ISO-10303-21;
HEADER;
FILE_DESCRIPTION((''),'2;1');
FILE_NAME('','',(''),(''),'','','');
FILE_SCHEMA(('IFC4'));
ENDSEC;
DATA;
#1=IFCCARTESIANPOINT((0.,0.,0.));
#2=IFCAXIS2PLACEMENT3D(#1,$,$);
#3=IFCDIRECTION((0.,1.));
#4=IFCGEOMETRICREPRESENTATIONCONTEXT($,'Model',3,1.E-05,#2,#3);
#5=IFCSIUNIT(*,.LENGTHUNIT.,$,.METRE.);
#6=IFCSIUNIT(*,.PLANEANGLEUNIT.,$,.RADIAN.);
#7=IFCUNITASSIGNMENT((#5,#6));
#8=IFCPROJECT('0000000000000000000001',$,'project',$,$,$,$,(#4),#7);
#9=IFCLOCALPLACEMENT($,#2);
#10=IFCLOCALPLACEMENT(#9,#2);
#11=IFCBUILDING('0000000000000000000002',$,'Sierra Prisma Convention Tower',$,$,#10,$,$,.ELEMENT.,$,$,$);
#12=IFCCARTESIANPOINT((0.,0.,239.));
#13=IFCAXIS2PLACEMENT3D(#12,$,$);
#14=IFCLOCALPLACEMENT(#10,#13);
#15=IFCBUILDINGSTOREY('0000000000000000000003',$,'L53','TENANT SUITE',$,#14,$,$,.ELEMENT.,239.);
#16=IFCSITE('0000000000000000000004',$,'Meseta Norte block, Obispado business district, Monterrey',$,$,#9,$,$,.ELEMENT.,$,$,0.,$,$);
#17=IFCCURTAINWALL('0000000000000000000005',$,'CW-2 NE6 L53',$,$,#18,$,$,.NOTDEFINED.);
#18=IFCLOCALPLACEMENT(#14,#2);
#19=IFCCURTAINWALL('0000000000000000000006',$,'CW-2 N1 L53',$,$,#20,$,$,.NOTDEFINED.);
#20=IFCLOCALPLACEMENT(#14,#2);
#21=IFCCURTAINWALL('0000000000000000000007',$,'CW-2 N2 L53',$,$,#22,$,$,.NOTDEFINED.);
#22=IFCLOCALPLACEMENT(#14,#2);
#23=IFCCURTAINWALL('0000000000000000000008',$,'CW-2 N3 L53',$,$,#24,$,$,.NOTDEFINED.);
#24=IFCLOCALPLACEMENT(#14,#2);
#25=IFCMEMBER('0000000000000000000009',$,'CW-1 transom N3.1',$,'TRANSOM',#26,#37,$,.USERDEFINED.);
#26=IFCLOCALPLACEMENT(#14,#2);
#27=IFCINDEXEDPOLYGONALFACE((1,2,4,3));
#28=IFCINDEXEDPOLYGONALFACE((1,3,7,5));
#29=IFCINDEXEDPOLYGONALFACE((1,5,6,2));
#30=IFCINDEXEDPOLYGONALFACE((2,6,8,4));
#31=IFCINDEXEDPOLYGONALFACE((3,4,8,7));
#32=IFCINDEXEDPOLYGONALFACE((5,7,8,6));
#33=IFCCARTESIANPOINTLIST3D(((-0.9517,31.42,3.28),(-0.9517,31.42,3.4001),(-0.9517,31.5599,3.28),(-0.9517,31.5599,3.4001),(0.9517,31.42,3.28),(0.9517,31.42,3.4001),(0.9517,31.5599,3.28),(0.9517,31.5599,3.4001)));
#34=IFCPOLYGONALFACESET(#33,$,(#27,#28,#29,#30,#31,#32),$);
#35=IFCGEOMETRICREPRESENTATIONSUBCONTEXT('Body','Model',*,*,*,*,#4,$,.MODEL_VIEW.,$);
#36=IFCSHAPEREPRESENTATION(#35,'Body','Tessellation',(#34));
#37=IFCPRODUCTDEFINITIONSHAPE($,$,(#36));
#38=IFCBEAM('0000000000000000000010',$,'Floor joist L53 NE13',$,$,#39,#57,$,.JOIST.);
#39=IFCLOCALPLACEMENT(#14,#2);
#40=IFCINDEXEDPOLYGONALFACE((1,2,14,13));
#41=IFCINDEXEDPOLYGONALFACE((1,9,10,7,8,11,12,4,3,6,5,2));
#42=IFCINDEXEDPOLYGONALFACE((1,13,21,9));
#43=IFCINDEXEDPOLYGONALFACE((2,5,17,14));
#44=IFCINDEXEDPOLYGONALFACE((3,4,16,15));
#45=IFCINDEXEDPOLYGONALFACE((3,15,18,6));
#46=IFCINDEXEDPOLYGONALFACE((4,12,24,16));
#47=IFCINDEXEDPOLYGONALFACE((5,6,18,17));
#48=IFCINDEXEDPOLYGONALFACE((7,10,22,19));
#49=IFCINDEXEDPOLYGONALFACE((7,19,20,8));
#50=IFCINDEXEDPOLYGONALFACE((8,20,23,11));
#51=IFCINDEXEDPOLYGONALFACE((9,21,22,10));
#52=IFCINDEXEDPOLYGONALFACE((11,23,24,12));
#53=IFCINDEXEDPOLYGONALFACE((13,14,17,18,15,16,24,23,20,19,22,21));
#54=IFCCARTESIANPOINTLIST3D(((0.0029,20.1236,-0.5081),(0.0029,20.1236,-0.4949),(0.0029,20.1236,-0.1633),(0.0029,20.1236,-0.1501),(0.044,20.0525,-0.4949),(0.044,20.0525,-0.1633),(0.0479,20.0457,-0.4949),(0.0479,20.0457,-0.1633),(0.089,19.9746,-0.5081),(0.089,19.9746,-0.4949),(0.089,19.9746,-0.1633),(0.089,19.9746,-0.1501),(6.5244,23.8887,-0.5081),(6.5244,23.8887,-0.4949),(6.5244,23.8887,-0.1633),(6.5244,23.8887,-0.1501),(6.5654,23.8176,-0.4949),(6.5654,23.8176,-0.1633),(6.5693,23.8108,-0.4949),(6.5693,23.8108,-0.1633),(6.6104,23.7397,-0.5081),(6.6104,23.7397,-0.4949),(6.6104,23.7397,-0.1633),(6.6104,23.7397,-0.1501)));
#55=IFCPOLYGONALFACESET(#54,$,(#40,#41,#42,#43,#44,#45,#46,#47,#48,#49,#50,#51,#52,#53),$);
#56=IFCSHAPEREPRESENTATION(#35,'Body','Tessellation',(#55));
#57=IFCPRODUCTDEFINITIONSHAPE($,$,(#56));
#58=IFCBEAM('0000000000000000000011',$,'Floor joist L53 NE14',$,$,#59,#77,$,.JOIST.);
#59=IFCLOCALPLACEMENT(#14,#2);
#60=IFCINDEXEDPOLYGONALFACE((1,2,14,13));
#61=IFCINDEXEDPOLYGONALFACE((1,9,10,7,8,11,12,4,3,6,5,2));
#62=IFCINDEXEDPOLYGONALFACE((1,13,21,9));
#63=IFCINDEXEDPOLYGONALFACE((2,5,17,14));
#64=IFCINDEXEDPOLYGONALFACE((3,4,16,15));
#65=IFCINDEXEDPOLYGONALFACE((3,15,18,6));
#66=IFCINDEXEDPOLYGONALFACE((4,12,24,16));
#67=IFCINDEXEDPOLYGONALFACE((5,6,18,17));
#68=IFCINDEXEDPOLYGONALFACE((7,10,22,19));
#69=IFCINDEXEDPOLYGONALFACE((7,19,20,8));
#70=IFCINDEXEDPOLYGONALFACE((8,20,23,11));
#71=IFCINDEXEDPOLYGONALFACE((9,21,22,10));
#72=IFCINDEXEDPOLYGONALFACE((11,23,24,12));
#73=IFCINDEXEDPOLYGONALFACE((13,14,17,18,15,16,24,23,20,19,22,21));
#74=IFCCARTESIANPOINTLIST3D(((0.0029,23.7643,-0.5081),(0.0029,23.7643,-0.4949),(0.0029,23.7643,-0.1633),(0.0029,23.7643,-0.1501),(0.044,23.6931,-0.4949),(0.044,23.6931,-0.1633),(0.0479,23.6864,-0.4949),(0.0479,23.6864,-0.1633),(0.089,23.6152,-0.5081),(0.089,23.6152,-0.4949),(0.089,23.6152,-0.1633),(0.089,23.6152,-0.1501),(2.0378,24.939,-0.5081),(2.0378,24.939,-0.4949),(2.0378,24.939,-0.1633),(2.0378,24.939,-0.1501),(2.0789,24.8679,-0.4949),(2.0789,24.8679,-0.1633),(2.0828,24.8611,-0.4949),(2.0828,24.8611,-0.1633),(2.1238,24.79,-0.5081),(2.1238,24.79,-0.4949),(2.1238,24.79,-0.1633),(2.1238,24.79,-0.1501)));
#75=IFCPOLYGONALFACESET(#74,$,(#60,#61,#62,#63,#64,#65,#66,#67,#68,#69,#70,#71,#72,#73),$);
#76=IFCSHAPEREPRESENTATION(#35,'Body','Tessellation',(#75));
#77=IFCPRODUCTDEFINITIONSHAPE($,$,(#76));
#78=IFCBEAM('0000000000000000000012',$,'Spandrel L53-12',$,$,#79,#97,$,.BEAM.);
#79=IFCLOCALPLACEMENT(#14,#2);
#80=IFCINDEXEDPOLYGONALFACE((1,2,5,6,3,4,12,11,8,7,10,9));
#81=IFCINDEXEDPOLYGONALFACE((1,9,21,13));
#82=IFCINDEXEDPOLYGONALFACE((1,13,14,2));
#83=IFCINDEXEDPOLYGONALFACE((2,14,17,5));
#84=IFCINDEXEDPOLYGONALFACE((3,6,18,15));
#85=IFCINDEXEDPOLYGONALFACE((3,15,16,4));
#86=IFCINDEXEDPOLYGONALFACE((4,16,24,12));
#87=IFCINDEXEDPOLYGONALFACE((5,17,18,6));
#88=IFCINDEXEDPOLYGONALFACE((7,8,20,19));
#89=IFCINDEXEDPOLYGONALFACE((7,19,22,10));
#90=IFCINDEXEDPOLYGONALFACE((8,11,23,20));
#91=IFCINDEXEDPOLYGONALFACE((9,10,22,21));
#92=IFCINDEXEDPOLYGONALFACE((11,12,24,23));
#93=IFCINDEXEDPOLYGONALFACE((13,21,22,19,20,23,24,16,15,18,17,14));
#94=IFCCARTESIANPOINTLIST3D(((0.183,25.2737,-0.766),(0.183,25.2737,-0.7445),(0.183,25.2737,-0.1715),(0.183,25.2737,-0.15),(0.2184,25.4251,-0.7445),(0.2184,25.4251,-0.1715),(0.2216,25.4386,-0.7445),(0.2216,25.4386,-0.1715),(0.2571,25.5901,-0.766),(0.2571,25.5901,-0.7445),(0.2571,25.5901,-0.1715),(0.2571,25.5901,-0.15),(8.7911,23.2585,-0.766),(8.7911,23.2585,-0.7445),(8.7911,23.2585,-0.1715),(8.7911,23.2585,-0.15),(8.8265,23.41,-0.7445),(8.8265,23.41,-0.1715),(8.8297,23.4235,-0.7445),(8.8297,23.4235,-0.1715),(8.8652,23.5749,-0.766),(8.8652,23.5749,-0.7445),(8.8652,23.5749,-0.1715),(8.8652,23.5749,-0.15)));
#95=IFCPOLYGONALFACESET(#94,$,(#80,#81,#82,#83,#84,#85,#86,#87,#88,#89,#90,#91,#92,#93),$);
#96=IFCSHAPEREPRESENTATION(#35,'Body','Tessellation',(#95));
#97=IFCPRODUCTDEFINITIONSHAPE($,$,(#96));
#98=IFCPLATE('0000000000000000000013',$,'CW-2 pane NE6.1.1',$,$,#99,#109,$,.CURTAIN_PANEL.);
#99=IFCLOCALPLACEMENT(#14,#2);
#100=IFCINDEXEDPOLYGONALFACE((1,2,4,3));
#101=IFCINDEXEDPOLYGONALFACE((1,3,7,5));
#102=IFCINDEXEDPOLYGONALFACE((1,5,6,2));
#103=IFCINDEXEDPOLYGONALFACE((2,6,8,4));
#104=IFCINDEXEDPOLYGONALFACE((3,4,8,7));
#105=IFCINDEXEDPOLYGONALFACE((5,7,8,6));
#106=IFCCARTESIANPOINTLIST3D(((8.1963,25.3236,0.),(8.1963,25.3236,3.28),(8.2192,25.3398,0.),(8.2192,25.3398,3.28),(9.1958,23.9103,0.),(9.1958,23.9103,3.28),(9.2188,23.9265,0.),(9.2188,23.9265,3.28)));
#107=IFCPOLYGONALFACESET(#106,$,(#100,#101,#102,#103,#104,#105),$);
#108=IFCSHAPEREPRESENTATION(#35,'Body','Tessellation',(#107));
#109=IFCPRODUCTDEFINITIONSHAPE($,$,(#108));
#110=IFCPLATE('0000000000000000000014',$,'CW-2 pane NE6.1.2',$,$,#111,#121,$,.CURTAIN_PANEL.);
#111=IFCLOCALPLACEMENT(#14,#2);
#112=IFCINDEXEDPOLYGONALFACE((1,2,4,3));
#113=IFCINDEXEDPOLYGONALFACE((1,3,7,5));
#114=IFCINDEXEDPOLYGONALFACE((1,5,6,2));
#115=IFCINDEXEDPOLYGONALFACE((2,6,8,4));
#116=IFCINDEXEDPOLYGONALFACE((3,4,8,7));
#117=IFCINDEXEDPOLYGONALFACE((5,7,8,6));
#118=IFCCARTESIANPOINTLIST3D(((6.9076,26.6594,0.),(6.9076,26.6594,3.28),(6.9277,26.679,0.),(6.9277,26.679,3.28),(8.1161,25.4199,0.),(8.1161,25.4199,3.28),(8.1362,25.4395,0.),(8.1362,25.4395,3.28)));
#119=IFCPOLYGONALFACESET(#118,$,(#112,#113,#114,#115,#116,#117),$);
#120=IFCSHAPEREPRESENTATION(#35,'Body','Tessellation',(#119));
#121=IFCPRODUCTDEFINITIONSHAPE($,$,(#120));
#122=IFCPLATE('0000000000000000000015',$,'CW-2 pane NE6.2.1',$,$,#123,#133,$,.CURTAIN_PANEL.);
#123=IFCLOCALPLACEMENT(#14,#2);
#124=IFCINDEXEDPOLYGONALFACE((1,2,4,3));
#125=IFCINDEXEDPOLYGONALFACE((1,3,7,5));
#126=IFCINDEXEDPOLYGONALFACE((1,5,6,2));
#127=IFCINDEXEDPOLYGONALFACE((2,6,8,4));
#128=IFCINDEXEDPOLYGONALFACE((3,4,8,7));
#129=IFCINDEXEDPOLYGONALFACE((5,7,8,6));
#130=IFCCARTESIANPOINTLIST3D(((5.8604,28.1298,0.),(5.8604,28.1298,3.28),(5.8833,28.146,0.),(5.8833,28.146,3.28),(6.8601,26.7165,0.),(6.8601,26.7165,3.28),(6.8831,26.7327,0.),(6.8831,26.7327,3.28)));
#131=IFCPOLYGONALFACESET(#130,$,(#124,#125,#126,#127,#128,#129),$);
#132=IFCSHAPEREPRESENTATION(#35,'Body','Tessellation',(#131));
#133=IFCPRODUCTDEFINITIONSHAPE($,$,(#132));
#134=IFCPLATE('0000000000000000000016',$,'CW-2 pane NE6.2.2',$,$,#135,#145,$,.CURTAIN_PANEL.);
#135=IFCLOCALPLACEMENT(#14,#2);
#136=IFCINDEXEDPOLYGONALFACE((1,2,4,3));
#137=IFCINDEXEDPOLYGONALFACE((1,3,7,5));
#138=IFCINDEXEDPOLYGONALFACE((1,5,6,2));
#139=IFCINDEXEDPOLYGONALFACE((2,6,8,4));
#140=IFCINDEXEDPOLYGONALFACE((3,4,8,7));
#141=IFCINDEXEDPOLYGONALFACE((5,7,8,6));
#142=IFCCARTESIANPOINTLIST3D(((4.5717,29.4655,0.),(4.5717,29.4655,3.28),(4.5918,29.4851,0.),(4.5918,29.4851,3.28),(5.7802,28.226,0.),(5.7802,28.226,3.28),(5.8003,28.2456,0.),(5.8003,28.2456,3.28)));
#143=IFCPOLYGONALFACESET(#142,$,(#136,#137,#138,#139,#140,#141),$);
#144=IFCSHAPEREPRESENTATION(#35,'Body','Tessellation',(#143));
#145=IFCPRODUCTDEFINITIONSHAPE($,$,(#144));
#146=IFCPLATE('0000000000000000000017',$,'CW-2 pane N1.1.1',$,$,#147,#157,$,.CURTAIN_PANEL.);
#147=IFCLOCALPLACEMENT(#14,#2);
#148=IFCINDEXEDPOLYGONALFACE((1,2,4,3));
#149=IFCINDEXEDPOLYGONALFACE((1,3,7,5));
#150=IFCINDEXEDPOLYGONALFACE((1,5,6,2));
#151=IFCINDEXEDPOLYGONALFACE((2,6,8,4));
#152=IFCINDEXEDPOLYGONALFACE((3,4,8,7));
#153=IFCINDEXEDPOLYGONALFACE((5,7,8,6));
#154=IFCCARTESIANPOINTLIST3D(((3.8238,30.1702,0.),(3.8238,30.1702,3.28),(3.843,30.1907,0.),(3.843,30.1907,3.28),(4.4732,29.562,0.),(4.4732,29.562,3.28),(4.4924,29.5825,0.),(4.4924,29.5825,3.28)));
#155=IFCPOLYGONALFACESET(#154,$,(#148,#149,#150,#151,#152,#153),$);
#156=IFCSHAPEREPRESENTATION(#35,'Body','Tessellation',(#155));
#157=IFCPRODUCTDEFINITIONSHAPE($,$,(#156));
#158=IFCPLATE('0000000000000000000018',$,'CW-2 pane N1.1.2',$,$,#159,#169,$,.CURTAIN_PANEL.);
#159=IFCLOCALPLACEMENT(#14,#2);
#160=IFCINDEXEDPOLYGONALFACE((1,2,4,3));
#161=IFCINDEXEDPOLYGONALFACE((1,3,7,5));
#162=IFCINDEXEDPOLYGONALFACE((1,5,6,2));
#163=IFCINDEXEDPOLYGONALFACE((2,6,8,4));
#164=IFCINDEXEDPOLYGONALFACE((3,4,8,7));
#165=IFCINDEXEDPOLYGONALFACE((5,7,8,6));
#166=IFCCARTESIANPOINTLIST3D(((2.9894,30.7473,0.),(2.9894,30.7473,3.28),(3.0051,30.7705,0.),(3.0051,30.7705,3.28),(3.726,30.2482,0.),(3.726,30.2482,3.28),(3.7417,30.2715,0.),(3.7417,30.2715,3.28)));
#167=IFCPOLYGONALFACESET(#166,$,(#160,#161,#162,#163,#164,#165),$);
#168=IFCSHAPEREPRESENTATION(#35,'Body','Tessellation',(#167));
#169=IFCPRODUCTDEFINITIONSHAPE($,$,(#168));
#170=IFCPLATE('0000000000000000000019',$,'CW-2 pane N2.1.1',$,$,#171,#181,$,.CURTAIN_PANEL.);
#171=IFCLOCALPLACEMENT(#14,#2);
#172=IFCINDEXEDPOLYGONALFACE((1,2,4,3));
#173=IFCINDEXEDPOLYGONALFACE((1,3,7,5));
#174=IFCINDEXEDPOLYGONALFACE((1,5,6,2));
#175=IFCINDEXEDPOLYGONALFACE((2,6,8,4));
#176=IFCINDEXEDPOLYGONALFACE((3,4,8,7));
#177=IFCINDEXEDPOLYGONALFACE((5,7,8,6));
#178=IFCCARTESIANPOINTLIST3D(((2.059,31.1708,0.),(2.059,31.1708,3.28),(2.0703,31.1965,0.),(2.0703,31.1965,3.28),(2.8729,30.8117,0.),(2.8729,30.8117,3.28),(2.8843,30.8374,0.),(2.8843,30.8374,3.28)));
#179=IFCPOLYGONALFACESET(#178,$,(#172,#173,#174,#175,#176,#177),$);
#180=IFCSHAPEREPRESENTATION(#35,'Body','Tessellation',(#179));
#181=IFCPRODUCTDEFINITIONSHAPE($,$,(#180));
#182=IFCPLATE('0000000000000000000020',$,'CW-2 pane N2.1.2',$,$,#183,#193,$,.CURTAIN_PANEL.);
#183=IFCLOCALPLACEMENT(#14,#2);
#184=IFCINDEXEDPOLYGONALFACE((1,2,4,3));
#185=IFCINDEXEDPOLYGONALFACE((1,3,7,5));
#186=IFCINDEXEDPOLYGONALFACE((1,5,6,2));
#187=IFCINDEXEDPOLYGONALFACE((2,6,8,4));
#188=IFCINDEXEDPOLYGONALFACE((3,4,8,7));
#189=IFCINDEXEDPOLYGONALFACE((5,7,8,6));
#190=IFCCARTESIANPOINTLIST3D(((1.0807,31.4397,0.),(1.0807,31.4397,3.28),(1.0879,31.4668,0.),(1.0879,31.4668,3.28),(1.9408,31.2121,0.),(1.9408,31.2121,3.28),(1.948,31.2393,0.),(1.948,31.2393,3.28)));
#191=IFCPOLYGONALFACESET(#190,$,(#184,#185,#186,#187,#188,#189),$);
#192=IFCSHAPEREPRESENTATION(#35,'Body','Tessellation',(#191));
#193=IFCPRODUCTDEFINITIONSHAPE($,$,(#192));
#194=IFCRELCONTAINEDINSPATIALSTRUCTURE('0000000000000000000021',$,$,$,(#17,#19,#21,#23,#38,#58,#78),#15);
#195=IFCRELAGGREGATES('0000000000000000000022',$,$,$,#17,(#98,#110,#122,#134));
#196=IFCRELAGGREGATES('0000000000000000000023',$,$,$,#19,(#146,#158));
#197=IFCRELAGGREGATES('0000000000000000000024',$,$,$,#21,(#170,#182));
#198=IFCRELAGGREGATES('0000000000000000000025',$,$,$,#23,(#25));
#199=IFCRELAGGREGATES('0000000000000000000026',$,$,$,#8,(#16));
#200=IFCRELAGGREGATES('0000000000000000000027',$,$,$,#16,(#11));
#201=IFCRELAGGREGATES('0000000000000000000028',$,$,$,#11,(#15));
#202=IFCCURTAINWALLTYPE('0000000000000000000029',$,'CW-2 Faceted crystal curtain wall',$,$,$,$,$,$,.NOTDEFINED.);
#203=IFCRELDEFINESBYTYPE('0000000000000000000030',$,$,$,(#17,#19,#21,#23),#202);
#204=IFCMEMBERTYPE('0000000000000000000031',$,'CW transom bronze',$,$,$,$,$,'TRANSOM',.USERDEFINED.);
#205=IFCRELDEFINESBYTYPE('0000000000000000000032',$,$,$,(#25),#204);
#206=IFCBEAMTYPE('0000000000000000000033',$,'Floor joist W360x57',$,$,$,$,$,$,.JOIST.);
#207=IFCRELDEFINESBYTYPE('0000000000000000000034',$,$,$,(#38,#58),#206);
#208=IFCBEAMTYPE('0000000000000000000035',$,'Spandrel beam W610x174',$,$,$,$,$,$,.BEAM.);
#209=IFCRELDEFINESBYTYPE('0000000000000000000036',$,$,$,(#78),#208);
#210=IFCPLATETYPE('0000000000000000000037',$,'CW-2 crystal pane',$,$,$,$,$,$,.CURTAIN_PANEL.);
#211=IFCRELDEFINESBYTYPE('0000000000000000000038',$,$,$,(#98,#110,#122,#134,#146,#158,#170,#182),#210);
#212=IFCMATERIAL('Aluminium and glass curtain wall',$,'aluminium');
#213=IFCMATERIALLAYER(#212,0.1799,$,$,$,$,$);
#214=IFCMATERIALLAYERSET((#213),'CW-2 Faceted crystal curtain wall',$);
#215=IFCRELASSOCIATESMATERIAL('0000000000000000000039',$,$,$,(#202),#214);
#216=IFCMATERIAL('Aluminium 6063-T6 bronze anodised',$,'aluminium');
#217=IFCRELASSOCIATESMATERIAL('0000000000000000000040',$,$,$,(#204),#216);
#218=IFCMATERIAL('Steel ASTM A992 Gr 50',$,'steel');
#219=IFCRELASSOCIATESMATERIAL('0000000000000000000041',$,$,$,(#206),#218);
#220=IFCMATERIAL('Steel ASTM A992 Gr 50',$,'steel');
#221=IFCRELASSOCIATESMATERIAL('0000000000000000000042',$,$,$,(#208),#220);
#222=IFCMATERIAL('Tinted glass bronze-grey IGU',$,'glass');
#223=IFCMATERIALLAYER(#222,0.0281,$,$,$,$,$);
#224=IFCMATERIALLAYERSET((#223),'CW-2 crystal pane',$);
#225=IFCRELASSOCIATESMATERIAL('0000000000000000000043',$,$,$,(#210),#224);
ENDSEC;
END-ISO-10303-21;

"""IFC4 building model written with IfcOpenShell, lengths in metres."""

from ifc_helpers import new_model, si_unit, direction, frame, origin, origin_2d, place, context, subcontext, project, spatial, polyline, rectangle, i_section, outline, extrude, material, layer, layer_set, material_profile, profile_set, type_object, element, aggregate, save


model = new_model("IFC4")

# Units and contexts
model_context = context("Model", 3, precision=1e-05, world=origin(), true_north=direction((0.0, 1.0)))
body_context = subcontext(model_context, "Body", "Model", "MODEL_VIEW")
ifc_project = project(units=[si_unit("LENGTHUNIT", "METRE"), si_unit("PLANEANGLEUNIT", "RADIAN")], contexts=[model_context])

# Site, building, storey
site_placement = place(None, origin())
site = spatial("IfcSite", under=ifc_project, at=site_placement, Name="Meseta Norte block, Obispado business district, Monterrey", CompositionType="ELEMENT", RefElevation=0.0)
building_placement = place(site_placement, origin())
building = spatial("IfcBuilding", under=site, at=building_placement, Name="Sierra Prisma Convention Tower", CompositionType="ELEMENT")
storey_placement = place(building_placement, frame((0.0, 0.0, 239.0)))
storey = spatial("IfcBuildingStorey", under=building, at=storey_placement, Name="L53", Description="TENANT SUITE", CompositionType="ELEMENT", Elevation=239.0)

# Curtain wall
ifc_material_1 = material(Name="Aluminium and glass curtain wall", Category="aluminium")
ifc_layer_1 = layer(ifc_material_1, 0.1799)
ifc_layer_set_1 = layer_set([ifc_layer_1], Name="CW-2 Faceted crystal curtain wall")
curtain_wall_type = type_object("IfcCurtainWallType", Name="CW-2 Faceted crystal curtain wall", PredefinedType="NOTDEFINED", material=ifc_layer_set_1)
curtain_wall_1_placement = place(storey_placement, origin())
curtain_wall_1 = element("IfcCurtainWall", 1, at=curtain_wall_1_placement, inside=storey, type_object=curtain_wall_type, Name="CW-2 NE6 L53", PredefinedType="NOTDEFINED")

# Curtain walls
curtain_wall_2_placement = place(storey_placement, origin())
curtain_wall_2 = element("IfcCurtainWall", 2, at=curtain_wall_2_placement, inside=storey, type_object=curtain_wall_type, Name="CW-2 N1 L53", PredefinedType="NOTDEFINED")
curtain_wall_3_placement = place(storey_placement, origin())
curtain_wall_3 = element("IfcCurtainWall", 3, at=curtain_wall_3_placement, inside=storey, type_object=curtain_wall_type, Name="CW-2 N2 L53", PredefinedType="NOTDEFINED")

# Curtain wall
curtain_wall_4_placement = place(storey_placement, origin())
curtain_wall_4 = element("IfcCurtainWall", 4, at=curtain_wall_4_placement, inside=storey, type_object=curtain_wall_type, Name="CW-2 N3 L53", PredefinedType="NOTDEFINED")

# Member
ifc_material_2 = material(Name="Aluminium 6063-T6 bronze anodised", Category="aluminium")
ifc_material_profile_1 = material_profile(ifc_material_2, rectangle(XDim=0.1399, YDim=0.1201, at=origin_2d()), Name="ALU TRANSOM 120x140")
ifc_profile_set_1 = profile_set([ifc_material_profile_1], Name="Aluminium 6063-T6 bronze anodised")
member_type_1 = type_object("IfcMemberType", Name="CW transom bronze", ElementType="TRANSOM", PredefinedType="USERDEFINED", material=ifc_profile_set_1)
member_1_placement = place(storey_placement, frame((0.9517, 31.49, 3.3401), z_axis=(-1.0, 0.0, 0.0), x_axis=(0.0, -1.0, 0.0)))
member_1 = element("IfcMember", 5, at=member_1_placement, type_object=member_type_1, Name="CW-1 transom N3.1", ObjectType="TRANSOM", PredefinedType="USERDEFINED", context=body_context, shape_type="SweptSolid", body=[
    extrude(rectangle(XDim=0.1399, YDim=0.1201, at=origin_2d()), origin(), (0.0, 0.0, 1.0), 1.9033),
])

# Beams
ifc_material_3 = material(Name="Steel ASTM A992 Gr 50", Category="steel")
ifc_material_profile_2 = material_profile(ifc_material_3, i_section(OverallWidth=0.1721, OverallDepth=0.3579, WebThickness=0.0078, FlangeThickness=0.0132, at=origin_2d()), Name="W360x57")
ifc_profile_set_2 = profile_set([ifc_material_profile_2], Name="Steel ASTM A992 Gr 50")
beam_type_1 = type_object("IfcBeamType", Name="Floor joist W360x57", PredefinedType="JOIST", material=ifc_profile_set_2)
beam_1_placement = place(storey_placement, frame((6.5674, 23.8142, -0.3291), z_axis=(-0.866028, -0.499996, 0.0), x_axis=(0.499996, -0.866028, 0.0)))
element("IfcBeam", 6, at=beam_1_placement, inside=storey, type_object=beam_type_1, Name="Floor joist L53 NE13", PredefinedType="JOIST", context=body_context, shape_type="SweptSolid", body=[
    extrude(i_section(OverallWidth=0.1721, OverallDepth=0.3579, WebThickness=0.0078, FlangeThickness=0.0132, at=origin_2d()), origin(), (0.0, 0.0, 1.0), 7.5303),
])
beam_2_placement = place(storey_placement, frame((2.0808, 24.8645, -0.3291), z_axis=(-0.866035, -0.499983, 0.0), x_axis=(0.499983, -0.866035, 0.0)))
element("IfcBeam", 7, at=beam_2_placement, inside=storey, type_object=beam_type_1, Name="Floor joist L53 NE14", PredefinedType="JOIST", context=body_context, shape_type="SweptSolid", body=[
    extrude(i_section(OverallWidth=0.1721, OverallDepth=0.3579, WebThickness=0.0078, FlangeThickness=0.0132, at=origin_2d()), origin(), (0.0, 0.0, 1.0), 2.3496),
])
ifc_material_4 = material(Name="Steel ASTM A992 Gr 50", Category="steel")
ifc_material_profile_3 = material_profile(ifc_material_4, i_section(OverallWidth=0.325, OverallDepth=0.616, WebThickness=0.0139, FlangeThickness=0.0215, at=origin_2d()), Name="W610x174")
ifc_profile_set_3 = profile_set([ifc_material_profile_3], Name="Steel ASTM A992 Gr 50")
beam_type_2 = type_object("IfcBeamType", Name="Spandrel beam W610x174", PredefinedType="BEAM", material=ifc_profile_set_3)
beam_3_placement = place(storey_placement, frame((8.8281, 23.4167, -0.458), z_axis=(-0.973677, 0.227934, 0.0), x_axis=(-0.227934, -0.973677, 0.0)))
element("IfcBeam", 8, at=beam_3_placement, inside=storey, type_object=beam_type_2, Name="Spandrel L53-12", PredefinedType="BEAM", context=body_context, shape_type="SweptSolid", body=[
    extrude(i_section(OverallWidth=0.325, OverallDepth=0.616, WebThickness=0.0139, FlangeThickness=0.0215, at=origin_2d()), origin(), (0.0, 0.0, 1.0), 8.8408),
])

# Plates
ifc_material_5 = material(Name="Tinted glass bronze-grey IGU", Category="glass")
ifc_layer_2 = layer(ifc_material_5, 0.0281)
ifc_layer_set_2 = layer_set([ifc_layer_2], Name="CW-2 crystal pane")
plate_type = type_object("IfcPlateType", Name="CW-2 crystal pane", PredefinedType="CURTAIN_PANEL", material=ifc_layer_set_2)
plate_1_placement = place(storey_placement, frame((9.2188, 23.9265, 0.0), z_axis=(0.816459, 0.577403, 0.0), x_axis=(-0.577403, 0.816459, 0.0)))
plate_1 = element("IfcPlate", 9, at=plate_1_placement, type_object=plate_type, Name="CW-2 pane NE6.1.1", PredefinedType="CURTAIN_PANEL", context=body_context, shape_type="SweptSolid", body=[
    extrude(outline(polyline([(0.0, 0.0), (1.731, 0.0), (1.731, 3.28), (0.0, 3.28), (0.0, 0.0)])), origin(), (0.0, 0.0, -1.0), 0.0281),
])
plate_2_placement = place(storey_placement, frame((6.9277, 26.679, 0.0), z_axis=(0.716005, 0.698095, 0.0), x_axis=(0.698095, -0.716005, 0.0)))
plate_2 = element("IfcPlate", 10, at=plate_2_placement, type_object=plate_type, Name="CW-2 pane NE6.1.2", PredefinedType="CURTAIN_PANEL", context=body_context, shape_type="SweptSolid", body=[
    extrude(outline(polyline([(0.0, 0.0), (1.7311, 0.0), (1.7311, -3.28), (0.0, -3.28), (0.0, 0.0)])), origin(), (0.0, 0.0, -1.0), 0.0281),
])
plate_3_placement = place(storey_placement, frame((6.8831, 26.7327, 0.0), z_axis=(0.816393, 0.577497, 0.0), x_axis=(-0.577497, 0.816393, 0.0)))
plate_3 = element("IfcPlate", 11, at=plate_3_placement, type_object=plate_type, Name="CW-2 pane NE6.2.1", PredefinedType="CURTAIN_PANEL", context=body_context, shape_type="SweptSolid", body=[
    extrude(outline(polyline([(0.0, 0.0), (1.7312, 0.0), (1.7312, 3.28), (0.0, 3.28), (0.0, 0.0)])), origin(), (0.0, 0.0, -1.0), 0.0281),
])
plate_4_placement = place(storey_placement, frame((4.5918, 29.4851, 0.0), z_axis=(0.716005, 0.698095, 0.0), x_axis=(0.698095, -0.716005, 0.0)))
plate_4 = element("IfcPlate", 12, at=plate_4_placement, type_object=plate_type, Name="CW-2 pane NE6.2.2", PredefinedType="CURTAIN_PANEL", context=body_context, shape_type="SweptSolid", body=[
    extrude(outline(polyline([(0.0, 0.0), (1.7311, 0.0), (1.7311, -3.28), (0.0, -3.28), (0.0, 0.0)])), origin(), (0.0, 0.0, -1.0), 0.0281),
])
aggregate(curtain_wall_1, [plate_1, plate_2, plate_3, plate_4])
plate_5_placement = place(storey_placement, frame((4.4924, 29.5825, 0.0), z_axis=(0.683539, 0.729914, 0.0), x_axis=(-0.729914, 0.683539, 0.0)))
plate_5 = element("IfcPlate", 13, at=plate_5_placement, type_object=plate_type, Name="CW-2 pane N1.1.1", PredefinedType="CURTAIN_PANEL", context=body_context, shape_type="SweptSolid", body=[
    extrude(outline(polyline([(0.0, 0.0), (0.8897, 0.0), (0.8897, 3.28), (0.0, 3.28), (0.0, 0.0)])), origin(), (0.0, 0.0, -1.0), 0.0281),
])
plate_6_placement = place(storey_placement, frame((3.0051, 30.7705, 0.0), z_axis=(0.560891, 0.82789, 0.0), x_axis=(0.82789, -0.560891, 0.0)))
plate_6 = element("IfcPlate", 14, at=plate_6_placement, type_object=plate_type, Name="CW-2 pane N1.1.2", PredefinedType="CURTAIN_PANEL", context=body_context, shape_type="SweptSolid", body=[
    extrude(outline(polyline([(0.0, 0.0), (0.8897, 0.0), (0.8897, -3.28), (0.0, -3.28), (0.0, 0.0)])), origin(), (0.0, 0.0, -1.0), 0.0281),
])
aggregate(curtain_wall_2, [plate_5, plate_6])
plate_7_placement = place(storey_placement, frame((2.8843, 30.8374, 0.0), z_axis=(0.403667, 0.914906, 0.0), x_axis=(-0.914906, 0.403667, 0.0)))
plate_7 = element("IfcPlate", 15, at=plate_7_placement, type_object=plate_type, Name="CW-2 pane N2.1.1", PredefinedType="CURTAIN_PANEL", context=body_context, shape_type="SweptSolid", body=[
    extrude(outline(polyline([(0.0, 0.0), (0.8897, 0.0), (0.8897, 3.28), (0.0, 3.28), (0.0, 0.0)])), origin(), (0.0, 0.0, -1.0), 0.0281),
])
plate_8_placement = place(storey_placement, frame((1.0879, 31.4668, 0.0), z_axis=(0.255749, 0.966743, 0.0), x_axis=(0.966743, -0.255749, 0.0)))
plate_8 = element("IfcPlate", 16, at=plate_8_placement, type_object=plate_type, Name="CW-2 pane N2.1.2", PredefinedType="CURTAIN_PANEL", context=body_context, shape_type="SweptSolid", body=[
    extrude(outline(polyline([(0.0, 0.0), (0.8897, 0.0), (0.8897, -3.28), (0.0, -3.28), (0.0, 0.0)])), origin(), (0.0, 0.0, -1.0), 0.0281),
])
aggregate(curtain_wall_3, [plate_7, plate_8])
aggregate(curtain_wall_4, [member_1])

save(model, "model.ifc")
